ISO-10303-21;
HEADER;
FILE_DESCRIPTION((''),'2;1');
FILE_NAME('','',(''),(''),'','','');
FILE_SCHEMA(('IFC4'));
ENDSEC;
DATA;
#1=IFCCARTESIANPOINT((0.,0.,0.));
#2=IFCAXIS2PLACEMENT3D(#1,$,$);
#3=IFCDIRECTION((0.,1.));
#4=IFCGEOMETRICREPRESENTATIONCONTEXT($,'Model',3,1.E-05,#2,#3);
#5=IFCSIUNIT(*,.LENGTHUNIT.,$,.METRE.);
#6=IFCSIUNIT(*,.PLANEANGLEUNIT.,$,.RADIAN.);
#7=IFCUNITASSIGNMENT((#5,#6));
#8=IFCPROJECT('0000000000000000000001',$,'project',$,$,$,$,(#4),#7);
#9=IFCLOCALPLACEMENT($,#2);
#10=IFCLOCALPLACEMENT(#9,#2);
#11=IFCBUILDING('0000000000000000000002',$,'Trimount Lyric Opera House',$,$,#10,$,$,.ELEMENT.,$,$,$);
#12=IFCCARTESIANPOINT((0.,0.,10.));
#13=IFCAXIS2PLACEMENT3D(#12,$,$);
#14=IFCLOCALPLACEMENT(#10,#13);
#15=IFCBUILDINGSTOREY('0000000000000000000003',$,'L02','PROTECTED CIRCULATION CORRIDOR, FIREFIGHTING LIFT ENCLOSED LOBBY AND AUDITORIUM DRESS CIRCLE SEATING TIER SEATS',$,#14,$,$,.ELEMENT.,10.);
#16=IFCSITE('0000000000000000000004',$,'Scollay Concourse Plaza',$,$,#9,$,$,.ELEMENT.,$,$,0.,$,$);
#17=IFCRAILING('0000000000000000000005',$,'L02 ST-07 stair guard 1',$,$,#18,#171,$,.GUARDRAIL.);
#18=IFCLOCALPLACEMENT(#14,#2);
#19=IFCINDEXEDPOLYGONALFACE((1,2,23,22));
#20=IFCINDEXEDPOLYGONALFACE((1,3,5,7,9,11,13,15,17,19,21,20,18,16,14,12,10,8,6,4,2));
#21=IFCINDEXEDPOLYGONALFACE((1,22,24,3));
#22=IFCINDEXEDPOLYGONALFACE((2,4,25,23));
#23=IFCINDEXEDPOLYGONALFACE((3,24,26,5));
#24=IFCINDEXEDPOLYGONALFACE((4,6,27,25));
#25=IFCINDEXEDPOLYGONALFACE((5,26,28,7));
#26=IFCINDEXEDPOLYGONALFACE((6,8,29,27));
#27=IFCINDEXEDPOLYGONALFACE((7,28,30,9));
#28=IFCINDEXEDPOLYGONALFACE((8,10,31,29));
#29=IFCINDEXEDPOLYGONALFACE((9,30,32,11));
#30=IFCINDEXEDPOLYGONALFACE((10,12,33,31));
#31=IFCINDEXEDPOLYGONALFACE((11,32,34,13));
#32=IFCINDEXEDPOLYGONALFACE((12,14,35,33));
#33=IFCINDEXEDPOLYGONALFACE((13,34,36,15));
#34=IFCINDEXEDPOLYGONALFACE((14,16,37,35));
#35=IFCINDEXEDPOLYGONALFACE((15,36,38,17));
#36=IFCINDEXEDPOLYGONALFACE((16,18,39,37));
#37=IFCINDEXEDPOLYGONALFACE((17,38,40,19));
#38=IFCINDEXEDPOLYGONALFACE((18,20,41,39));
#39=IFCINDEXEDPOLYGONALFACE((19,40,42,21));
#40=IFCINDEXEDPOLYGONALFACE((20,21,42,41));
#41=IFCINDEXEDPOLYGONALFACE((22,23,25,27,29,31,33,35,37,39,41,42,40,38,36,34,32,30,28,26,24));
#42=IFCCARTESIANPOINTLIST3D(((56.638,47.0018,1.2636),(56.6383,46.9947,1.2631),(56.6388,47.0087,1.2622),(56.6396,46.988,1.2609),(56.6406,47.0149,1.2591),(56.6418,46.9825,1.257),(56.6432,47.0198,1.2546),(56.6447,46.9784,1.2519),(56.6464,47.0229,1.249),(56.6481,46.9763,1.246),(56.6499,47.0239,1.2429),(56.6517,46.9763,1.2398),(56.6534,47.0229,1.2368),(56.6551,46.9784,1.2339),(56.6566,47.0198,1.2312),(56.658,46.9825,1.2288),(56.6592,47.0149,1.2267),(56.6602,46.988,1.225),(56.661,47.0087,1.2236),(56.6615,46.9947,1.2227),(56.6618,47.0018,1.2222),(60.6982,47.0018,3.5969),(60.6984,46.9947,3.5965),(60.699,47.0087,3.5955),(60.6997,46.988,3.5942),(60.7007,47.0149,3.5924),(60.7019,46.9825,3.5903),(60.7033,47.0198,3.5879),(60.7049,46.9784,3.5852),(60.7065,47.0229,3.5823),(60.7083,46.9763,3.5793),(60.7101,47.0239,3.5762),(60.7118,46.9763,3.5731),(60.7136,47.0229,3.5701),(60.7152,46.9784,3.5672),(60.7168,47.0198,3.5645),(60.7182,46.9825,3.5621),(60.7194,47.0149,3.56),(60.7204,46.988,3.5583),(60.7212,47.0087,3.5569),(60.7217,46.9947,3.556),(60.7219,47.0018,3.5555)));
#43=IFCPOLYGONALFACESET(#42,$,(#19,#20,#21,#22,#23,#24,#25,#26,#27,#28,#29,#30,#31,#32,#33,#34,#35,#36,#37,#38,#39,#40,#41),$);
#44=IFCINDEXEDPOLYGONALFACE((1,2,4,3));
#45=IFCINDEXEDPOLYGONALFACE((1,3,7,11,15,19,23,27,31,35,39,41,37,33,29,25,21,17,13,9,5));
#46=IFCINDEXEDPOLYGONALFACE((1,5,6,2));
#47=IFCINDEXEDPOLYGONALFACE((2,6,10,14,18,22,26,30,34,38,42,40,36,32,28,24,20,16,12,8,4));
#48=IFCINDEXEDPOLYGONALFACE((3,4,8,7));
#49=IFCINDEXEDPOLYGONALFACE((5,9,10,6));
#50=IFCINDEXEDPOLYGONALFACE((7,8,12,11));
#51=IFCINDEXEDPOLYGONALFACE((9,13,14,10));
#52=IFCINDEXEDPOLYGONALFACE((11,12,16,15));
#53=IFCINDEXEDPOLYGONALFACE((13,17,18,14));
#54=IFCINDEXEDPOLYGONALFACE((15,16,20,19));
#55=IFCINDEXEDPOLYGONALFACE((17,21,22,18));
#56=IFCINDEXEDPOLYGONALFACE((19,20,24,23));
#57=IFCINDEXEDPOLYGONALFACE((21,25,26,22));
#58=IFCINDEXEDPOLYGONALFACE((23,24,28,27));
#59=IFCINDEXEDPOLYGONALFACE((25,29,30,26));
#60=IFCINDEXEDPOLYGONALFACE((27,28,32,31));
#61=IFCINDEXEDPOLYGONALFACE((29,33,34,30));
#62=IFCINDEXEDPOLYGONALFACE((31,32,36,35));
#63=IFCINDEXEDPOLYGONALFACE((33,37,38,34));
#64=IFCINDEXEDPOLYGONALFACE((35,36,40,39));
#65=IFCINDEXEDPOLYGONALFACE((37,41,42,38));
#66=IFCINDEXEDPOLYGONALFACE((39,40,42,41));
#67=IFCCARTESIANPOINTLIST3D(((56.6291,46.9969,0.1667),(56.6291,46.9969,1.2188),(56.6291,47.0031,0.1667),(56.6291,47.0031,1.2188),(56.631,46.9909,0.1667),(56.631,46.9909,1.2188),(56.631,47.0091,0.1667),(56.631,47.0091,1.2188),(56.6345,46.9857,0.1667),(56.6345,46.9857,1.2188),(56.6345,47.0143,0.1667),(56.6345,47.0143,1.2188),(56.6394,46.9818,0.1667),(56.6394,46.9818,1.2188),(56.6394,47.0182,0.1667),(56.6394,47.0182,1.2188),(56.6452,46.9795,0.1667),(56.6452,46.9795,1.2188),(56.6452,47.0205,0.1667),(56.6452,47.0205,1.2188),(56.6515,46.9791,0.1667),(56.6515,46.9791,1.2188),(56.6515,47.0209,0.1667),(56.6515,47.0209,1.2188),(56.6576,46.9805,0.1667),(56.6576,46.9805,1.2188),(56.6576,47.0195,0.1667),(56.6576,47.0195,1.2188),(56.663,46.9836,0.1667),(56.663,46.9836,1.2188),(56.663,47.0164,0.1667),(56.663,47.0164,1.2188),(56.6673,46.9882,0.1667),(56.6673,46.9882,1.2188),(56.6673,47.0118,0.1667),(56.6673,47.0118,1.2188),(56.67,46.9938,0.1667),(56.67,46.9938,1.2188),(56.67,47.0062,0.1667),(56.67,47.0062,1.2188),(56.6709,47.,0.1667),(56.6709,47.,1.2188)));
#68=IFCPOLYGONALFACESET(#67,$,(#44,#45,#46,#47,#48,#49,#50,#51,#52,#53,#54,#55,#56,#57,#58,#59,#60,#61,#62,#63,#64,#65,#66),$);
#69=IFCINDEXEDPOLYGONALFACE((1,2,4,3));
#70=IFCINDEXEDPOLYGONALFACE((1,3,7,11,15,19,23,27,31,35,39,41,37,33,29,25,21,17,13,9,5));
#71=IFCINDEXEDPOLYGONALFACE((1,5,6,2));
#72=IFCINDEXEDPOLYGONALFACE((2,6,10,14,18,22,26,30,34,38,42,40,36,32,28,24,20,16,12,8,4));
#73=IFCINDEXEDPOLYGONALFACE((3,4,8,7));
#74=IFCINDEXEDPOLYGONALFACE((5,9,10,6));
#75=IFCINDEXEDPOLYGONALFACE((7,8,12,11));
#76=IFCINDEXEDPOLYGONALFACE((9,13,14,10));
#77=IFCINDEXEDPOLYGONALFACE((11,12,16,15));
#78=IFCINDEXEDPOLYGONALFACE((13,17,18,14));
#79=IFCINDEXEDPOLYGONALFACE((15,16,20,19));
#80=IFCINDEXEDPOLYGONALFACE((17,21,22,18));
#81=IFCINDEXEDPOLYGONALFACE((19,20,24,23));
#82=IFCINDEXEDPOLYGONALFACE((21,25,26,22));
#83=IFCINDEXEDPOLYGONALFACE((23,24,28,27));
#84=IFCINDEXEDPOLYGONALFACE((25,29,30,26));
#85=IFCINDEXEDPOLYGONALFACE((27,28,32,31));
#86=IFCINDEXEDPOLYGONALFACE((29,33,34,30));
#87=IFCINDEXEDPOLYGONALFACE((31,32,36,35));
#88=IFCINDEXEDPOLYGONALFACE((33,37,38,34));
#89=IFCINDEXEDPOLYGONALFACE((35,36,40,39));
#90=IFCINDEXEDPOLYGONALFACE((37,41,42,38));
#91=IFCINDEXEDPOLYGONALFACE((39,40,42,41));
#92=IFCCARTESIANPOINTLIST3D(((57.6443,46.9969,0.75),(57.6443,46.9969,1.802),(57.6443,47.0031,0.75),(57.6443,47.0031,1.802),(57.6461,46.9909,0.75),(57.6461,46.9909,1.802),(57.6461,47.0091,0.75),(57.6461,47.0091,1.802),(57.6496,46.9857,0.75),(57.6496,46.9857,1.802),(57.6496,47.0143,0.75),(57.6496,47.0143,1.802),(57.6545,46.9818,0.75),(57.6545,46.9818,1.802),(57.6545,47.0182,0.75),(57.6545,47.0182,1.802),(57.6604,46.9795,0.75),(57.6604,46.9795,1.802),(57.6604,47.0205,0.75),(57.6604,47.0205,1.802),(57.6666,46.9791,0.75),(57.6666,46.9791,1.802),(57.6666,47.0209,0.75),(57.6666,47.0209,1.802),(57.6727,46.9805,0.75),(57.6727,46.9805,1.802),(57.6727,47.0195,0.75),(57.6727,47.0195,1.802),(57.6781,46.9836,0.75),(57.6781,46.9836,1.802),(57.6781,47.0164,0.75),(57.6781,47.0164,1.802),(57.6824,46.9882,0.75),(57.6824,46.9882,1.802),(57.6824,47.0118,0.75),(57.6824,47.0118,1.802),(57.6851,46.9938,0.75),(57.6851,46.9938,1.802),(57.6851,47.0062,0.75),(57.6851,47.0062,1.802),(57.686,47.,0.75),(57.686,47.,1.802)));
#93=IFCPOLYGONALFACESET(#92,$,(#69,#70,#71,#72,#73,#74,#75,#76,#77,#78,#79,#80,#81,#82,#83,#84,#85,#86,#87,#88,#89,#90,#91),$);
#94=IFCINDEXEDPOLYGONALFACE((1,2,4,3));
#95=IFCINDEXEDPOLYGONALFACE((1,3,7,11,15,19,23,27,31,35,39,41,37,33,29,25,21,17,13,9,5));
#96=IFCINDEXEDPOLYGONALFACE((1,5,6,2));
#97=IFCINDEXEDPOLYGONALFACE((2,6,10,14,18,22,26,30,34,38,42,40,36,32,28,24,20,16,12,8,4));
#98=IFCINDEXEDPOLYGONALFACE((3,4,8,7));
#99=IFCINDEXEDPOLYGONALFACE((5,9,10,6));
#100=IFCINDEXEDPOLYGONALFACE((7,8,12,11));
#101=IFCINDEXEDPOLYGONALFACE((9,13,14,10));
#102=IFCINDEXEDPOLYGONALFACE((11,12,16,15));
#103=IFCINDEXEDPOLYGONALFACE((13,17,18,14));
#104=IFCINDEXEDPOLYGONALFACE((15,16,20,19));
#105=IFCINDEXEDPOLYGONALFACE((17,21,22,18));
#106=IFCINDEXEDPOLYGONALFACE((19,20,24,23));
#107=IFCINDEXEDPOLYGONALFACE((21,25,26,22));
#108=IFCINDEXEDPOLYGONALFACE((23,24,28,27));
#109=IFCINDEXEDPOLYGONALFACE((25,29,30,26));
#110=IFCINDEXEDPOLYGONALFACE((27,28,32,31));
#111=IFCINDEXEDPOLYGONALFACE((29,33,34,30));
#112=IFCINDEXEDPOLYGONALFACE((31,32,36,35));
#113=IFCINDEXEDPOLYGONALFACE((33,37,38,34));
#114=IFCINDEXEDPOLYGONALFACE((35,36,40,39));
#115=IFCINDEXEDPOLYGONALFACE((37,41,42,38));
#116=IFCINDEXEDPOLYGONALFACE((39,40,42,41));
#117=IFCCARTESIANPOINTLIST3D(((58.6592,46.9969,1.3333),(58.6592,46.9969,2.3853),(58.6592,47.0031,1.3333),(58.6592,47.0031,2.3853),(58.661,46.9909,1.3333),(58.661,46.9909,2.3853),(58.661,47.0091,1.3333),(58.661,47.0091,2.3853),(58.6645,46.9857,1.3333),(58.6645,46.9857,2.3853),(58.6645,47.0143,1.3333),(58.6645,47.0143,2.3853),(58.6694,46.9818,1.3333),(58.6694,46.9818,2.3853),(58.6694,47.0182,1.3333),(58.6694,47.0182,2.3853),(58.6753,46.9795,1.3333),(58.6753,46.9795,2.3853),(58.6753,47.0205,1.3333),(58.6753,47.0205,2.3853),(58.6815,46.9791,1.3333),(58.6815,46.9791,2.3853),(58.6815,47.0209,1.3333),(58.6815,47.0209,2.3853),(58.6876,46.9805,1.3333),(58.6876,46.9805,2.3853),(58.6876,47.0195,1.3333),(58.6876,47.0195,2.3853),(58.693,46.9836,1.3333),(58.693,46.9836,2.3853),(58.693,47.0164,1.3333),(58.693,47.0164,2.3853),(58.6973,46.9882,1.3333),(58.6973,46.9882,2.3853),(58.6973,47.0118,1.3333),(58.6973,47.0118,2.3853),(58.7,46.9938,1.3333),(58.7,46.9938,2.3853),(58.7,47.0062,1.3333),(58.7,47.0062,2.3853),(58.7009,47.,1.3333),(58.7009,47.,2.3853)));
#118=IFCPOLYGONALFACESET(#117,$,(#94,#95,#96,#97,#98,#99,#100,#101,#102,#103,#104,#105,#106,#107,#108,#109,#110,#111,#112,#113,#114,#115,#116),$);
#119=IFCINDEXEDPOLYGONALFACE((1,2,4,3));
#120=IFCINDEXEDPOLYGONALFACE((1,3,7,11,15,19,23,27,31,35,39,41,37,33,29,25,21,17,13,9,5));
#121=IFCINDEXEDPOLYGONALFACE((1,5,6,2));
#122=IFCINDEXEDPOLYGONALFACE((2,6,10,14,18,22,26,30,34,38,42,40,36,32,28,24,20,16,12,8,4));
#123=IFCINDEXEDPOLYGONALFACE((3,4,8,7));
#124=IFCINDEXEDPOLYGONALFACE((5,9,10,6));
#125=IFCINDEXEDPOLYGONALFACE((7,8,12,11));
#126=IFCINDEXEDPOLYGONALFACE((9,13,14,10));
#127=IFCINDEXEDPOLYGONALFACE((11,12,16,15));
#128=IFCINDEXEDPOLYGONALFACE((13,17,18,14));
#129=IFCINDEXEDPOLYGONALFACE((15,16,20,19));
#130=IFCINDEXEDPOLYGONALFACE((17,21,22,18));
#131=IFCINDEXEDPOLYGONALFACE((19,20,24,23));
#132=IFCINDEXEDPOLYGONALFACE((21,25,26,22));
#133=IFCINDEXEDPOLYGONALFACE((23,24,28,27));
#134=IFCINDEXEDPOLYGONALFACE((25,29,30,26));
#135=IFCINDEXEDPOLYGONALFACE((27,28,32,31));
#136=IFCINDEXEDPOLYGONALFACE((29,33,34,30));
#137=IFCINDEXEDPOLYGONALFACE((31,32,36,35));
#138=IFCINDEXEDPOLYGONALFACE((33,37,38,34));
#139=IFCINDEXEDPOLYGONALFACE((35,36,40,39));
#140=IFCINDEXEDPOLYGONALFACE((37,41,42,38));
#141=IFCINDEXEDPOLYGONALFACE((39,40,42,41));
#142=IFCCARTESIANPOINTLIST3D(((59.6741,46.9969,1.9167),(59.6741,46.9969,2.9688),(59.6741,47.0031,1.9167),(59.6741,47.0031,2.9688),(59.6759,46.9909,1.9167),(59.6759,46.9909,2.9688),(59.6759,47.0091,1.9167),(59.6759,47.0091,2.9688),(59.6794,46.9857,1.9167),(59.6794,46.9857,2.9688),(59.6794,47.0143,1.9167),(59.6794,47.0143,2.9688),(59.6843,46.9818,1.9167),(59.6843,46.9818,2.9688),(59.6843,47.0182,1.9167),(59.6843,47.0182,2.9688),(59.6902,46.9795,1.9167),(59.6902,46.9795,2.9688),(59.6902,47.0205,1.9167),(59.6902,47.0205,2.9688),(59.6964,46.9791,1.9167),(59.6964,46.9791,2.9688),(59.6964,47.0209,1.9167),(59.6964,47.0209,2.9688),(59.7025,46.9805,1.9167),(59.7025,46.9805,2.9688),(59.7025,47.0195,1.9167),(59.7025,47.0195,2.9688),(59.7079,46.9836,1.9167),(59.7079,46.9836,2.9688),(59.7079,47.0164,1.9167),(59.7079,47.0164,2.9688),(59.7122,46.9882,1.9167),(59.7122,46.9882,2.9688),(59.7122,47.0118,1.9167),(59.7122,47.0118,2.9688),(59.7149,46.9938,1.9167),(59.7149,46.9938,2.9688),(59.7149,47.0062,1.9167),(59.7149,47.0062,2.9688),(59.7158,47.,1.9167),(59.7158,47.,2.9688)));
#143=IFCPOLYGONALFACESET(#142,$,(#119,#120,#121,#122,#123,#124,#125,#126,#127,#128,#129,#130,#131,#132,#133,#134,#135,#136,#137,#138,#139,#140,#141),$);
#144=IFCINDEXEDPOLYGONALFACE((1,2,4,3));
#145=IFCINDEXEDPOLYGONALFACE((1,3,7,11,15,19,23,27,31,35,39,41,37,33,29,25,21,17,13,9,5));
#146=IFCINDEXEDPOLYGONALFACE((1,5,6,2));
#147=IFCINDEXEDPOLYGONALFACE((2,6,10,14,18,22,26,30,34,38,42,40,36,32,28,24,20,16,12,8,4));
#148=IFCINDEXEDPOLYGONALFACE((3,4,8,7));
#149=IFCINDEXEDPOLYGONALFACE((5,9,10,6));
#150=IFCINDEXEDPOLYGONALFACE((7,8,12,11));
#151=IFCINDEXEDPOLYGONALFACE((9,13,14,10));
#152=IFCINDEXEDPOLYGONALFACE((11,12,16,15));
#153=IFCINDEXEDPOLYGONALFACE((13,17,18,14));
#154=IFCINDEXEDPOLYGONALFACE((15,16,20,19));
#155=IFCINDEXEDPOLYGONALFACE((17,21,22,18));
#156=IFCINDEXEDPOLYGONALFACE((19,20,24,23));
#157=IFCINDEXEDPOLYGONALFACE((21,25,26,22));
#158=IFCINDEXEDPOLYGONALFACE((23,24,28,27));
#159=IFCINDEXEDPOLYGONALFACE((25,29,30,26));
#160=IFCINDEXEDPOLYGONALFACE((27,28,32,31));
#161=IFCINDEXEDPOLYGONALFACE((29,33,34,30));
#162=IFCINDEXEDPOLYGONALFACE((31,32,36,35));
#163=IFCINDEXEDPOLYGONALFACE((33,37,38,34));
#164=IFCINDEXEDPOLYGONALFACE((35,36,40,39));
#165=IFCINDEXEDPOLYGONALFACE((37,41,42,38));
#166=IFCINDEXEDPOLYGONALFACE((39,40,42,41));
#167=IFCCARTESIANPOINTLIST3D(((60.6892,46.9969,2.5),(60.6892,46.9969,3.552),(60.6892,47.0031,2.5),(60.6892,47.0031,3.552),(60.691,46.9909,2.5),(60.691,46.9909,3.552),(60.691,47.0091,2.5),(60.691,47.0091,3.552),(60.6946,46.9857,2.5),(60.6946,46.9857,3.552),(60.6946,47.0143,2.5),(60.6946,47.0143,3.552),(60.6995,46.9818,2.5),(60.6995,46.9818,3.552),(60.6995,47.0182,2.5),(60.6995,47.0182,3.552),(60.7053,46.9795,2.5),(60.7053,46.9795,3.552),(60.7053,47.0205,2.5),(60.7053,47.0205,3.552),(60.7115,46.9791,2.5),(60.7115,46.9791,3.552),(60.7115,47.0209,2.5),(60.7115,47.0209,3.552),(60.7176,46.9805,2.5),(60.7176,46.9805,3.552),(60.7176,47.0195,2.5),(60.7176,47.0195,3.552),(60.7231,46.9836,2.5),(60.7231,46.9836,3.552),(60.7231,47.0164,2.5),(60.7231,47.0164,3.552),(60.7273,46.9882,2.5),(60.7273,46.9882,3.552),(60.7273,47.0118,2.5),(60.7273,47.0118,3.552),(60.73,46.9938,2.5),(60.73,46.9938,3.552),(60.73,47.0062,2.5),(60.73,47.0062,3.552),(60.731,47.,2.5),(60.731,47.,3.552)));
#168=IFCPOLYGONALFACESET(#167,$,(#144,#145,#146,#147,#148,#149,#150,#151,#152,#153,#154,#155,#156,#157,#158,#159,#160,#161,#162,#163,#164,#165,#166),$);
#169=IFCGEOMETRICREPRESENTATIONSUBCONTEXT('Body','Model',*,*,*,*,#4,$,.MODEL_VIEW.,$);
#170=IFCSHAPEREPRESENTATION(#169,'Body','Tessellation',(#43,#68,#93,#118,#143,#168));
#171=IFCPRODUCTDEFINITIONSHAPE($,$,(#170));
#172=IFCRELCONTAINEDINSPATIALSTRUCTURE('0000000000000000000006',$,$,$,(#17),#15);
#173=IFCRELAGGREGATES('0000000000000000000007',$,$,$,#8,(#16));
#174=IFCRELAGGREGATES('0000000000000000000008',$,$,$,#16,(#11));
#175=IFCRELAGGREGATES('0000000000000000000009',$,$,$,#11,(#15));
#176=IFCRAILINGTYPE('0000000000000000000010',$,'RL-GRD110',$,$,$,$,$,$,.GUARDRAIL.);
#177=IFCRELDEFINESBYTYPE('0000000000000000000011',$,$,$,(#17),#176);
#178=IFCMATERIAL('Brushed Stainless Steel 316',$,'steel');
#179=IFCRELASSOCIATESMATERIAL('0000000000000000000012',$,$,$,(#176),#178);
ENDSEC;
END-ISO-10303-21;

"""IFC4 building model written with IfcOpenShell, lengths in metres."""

from ifc_helpers import new_model, si_unit, direction, frame, origin, origin_2d, place, context, subcontext, project, spatial, circle, extrude, material, type_object, element, save


model = new_model("IFC4")

# Units and contexts
model_context = context("Model", 3, precision=1e-05, world=origin(), true_north=direction((0.0, 1.0)))
body_context = subcontext(model_context, "Body", "Model", "MODEL_VIEW")
ifc_project = project(units=[si_unit("LENGTHUNIT", "METRE"), si_unit("PLANEANGLEUNIT", "RADIAN")], contexts=[model_context])

# Site, building, storey
site_placement = place(None, origin())
site = spatial("IfcSite", under=ifc_project, at=site_placement, Name="Scollay Concourse Plaza", CompositionType="ELEMENT", RefElevation=0.0)
building_placement = place(site_placement, origin())
building = spatial("IfcBuilding", under=site, at=building_placement, Name="Trimount Lyric Opera House", CompositionType="ELEMENT")
storey_placement = place(building_placement, frame((0.0, 0.0, 10.0)))
storey = spatial("IfcBuildingStorey", under=building, at=storey_placement, Name="L02", Description="PROTECTED CIRCULATION CORRIDOR, FIREFIGHTING LIFT ENCLOSED LOBBY AND AUDITORIUM DRESS CIRCLE SEATING TIER SEATS", CompositionType="ELEMENT", Elevation=10.0)

# Railing
ifc_material_1 = material(Name="Brushed Stainless Steel 316", Category="steel")
railing_type_1 = type_object("IfcRailingType", Name="RL-GRD110", PredefinedType="GUARDRAIL", material=ifc_material_1)
railing_1_placement = place(storey_placement, frame((56.6499, 47.0, 0.1667)))
element("IfcRailing", 1, at=railing_1_placement, inside=storey, type_object=railing_type_1, Name="L02 ST-07 stair guard 1", PredefinedType="GUARDRAIL", context=body_context, shape_type="SweptSolid", body=[
    extrude(circle(Radius=0.0239, at=origin_2d()), frame((0.0, 0.0, 1.0762), z_axis=(0.867025, 0.0, 0.498265), x_axis=(0.0, 1.0, 0.0)), (0.0, 0.0, 1.0), 4.6829),
    extrude(circle(Radius=0.021, at=origin_2d()), origin(), (0.0, 0.0, 1.0), 1.052),
    extrude(circle(Radius=0.021, at=origin_2d()), frame((1.0151, 0.0, 0.5833)), (0.0, 0.0, 1.0), 1.052),
    extrude(circle(Radius=0.021, at=origin_2d()), frame((2.03, 0.0, 1.1665)), (0.0, 0.0, 1.0), 1.052),
    extrude(circle(Radius=0.021, at=origin_2d()), frame((3.0449, 0.0, 1.75)), (0.0, 0.0, 1.0), 1.052),
    extrude(circle(Radius=0.021, at=origin_2d()), frame((4.0601, 0.0, 2.3333)), (0.0, 0.0, 1.0), 1.052),
])

save(model, "model.ifc")
